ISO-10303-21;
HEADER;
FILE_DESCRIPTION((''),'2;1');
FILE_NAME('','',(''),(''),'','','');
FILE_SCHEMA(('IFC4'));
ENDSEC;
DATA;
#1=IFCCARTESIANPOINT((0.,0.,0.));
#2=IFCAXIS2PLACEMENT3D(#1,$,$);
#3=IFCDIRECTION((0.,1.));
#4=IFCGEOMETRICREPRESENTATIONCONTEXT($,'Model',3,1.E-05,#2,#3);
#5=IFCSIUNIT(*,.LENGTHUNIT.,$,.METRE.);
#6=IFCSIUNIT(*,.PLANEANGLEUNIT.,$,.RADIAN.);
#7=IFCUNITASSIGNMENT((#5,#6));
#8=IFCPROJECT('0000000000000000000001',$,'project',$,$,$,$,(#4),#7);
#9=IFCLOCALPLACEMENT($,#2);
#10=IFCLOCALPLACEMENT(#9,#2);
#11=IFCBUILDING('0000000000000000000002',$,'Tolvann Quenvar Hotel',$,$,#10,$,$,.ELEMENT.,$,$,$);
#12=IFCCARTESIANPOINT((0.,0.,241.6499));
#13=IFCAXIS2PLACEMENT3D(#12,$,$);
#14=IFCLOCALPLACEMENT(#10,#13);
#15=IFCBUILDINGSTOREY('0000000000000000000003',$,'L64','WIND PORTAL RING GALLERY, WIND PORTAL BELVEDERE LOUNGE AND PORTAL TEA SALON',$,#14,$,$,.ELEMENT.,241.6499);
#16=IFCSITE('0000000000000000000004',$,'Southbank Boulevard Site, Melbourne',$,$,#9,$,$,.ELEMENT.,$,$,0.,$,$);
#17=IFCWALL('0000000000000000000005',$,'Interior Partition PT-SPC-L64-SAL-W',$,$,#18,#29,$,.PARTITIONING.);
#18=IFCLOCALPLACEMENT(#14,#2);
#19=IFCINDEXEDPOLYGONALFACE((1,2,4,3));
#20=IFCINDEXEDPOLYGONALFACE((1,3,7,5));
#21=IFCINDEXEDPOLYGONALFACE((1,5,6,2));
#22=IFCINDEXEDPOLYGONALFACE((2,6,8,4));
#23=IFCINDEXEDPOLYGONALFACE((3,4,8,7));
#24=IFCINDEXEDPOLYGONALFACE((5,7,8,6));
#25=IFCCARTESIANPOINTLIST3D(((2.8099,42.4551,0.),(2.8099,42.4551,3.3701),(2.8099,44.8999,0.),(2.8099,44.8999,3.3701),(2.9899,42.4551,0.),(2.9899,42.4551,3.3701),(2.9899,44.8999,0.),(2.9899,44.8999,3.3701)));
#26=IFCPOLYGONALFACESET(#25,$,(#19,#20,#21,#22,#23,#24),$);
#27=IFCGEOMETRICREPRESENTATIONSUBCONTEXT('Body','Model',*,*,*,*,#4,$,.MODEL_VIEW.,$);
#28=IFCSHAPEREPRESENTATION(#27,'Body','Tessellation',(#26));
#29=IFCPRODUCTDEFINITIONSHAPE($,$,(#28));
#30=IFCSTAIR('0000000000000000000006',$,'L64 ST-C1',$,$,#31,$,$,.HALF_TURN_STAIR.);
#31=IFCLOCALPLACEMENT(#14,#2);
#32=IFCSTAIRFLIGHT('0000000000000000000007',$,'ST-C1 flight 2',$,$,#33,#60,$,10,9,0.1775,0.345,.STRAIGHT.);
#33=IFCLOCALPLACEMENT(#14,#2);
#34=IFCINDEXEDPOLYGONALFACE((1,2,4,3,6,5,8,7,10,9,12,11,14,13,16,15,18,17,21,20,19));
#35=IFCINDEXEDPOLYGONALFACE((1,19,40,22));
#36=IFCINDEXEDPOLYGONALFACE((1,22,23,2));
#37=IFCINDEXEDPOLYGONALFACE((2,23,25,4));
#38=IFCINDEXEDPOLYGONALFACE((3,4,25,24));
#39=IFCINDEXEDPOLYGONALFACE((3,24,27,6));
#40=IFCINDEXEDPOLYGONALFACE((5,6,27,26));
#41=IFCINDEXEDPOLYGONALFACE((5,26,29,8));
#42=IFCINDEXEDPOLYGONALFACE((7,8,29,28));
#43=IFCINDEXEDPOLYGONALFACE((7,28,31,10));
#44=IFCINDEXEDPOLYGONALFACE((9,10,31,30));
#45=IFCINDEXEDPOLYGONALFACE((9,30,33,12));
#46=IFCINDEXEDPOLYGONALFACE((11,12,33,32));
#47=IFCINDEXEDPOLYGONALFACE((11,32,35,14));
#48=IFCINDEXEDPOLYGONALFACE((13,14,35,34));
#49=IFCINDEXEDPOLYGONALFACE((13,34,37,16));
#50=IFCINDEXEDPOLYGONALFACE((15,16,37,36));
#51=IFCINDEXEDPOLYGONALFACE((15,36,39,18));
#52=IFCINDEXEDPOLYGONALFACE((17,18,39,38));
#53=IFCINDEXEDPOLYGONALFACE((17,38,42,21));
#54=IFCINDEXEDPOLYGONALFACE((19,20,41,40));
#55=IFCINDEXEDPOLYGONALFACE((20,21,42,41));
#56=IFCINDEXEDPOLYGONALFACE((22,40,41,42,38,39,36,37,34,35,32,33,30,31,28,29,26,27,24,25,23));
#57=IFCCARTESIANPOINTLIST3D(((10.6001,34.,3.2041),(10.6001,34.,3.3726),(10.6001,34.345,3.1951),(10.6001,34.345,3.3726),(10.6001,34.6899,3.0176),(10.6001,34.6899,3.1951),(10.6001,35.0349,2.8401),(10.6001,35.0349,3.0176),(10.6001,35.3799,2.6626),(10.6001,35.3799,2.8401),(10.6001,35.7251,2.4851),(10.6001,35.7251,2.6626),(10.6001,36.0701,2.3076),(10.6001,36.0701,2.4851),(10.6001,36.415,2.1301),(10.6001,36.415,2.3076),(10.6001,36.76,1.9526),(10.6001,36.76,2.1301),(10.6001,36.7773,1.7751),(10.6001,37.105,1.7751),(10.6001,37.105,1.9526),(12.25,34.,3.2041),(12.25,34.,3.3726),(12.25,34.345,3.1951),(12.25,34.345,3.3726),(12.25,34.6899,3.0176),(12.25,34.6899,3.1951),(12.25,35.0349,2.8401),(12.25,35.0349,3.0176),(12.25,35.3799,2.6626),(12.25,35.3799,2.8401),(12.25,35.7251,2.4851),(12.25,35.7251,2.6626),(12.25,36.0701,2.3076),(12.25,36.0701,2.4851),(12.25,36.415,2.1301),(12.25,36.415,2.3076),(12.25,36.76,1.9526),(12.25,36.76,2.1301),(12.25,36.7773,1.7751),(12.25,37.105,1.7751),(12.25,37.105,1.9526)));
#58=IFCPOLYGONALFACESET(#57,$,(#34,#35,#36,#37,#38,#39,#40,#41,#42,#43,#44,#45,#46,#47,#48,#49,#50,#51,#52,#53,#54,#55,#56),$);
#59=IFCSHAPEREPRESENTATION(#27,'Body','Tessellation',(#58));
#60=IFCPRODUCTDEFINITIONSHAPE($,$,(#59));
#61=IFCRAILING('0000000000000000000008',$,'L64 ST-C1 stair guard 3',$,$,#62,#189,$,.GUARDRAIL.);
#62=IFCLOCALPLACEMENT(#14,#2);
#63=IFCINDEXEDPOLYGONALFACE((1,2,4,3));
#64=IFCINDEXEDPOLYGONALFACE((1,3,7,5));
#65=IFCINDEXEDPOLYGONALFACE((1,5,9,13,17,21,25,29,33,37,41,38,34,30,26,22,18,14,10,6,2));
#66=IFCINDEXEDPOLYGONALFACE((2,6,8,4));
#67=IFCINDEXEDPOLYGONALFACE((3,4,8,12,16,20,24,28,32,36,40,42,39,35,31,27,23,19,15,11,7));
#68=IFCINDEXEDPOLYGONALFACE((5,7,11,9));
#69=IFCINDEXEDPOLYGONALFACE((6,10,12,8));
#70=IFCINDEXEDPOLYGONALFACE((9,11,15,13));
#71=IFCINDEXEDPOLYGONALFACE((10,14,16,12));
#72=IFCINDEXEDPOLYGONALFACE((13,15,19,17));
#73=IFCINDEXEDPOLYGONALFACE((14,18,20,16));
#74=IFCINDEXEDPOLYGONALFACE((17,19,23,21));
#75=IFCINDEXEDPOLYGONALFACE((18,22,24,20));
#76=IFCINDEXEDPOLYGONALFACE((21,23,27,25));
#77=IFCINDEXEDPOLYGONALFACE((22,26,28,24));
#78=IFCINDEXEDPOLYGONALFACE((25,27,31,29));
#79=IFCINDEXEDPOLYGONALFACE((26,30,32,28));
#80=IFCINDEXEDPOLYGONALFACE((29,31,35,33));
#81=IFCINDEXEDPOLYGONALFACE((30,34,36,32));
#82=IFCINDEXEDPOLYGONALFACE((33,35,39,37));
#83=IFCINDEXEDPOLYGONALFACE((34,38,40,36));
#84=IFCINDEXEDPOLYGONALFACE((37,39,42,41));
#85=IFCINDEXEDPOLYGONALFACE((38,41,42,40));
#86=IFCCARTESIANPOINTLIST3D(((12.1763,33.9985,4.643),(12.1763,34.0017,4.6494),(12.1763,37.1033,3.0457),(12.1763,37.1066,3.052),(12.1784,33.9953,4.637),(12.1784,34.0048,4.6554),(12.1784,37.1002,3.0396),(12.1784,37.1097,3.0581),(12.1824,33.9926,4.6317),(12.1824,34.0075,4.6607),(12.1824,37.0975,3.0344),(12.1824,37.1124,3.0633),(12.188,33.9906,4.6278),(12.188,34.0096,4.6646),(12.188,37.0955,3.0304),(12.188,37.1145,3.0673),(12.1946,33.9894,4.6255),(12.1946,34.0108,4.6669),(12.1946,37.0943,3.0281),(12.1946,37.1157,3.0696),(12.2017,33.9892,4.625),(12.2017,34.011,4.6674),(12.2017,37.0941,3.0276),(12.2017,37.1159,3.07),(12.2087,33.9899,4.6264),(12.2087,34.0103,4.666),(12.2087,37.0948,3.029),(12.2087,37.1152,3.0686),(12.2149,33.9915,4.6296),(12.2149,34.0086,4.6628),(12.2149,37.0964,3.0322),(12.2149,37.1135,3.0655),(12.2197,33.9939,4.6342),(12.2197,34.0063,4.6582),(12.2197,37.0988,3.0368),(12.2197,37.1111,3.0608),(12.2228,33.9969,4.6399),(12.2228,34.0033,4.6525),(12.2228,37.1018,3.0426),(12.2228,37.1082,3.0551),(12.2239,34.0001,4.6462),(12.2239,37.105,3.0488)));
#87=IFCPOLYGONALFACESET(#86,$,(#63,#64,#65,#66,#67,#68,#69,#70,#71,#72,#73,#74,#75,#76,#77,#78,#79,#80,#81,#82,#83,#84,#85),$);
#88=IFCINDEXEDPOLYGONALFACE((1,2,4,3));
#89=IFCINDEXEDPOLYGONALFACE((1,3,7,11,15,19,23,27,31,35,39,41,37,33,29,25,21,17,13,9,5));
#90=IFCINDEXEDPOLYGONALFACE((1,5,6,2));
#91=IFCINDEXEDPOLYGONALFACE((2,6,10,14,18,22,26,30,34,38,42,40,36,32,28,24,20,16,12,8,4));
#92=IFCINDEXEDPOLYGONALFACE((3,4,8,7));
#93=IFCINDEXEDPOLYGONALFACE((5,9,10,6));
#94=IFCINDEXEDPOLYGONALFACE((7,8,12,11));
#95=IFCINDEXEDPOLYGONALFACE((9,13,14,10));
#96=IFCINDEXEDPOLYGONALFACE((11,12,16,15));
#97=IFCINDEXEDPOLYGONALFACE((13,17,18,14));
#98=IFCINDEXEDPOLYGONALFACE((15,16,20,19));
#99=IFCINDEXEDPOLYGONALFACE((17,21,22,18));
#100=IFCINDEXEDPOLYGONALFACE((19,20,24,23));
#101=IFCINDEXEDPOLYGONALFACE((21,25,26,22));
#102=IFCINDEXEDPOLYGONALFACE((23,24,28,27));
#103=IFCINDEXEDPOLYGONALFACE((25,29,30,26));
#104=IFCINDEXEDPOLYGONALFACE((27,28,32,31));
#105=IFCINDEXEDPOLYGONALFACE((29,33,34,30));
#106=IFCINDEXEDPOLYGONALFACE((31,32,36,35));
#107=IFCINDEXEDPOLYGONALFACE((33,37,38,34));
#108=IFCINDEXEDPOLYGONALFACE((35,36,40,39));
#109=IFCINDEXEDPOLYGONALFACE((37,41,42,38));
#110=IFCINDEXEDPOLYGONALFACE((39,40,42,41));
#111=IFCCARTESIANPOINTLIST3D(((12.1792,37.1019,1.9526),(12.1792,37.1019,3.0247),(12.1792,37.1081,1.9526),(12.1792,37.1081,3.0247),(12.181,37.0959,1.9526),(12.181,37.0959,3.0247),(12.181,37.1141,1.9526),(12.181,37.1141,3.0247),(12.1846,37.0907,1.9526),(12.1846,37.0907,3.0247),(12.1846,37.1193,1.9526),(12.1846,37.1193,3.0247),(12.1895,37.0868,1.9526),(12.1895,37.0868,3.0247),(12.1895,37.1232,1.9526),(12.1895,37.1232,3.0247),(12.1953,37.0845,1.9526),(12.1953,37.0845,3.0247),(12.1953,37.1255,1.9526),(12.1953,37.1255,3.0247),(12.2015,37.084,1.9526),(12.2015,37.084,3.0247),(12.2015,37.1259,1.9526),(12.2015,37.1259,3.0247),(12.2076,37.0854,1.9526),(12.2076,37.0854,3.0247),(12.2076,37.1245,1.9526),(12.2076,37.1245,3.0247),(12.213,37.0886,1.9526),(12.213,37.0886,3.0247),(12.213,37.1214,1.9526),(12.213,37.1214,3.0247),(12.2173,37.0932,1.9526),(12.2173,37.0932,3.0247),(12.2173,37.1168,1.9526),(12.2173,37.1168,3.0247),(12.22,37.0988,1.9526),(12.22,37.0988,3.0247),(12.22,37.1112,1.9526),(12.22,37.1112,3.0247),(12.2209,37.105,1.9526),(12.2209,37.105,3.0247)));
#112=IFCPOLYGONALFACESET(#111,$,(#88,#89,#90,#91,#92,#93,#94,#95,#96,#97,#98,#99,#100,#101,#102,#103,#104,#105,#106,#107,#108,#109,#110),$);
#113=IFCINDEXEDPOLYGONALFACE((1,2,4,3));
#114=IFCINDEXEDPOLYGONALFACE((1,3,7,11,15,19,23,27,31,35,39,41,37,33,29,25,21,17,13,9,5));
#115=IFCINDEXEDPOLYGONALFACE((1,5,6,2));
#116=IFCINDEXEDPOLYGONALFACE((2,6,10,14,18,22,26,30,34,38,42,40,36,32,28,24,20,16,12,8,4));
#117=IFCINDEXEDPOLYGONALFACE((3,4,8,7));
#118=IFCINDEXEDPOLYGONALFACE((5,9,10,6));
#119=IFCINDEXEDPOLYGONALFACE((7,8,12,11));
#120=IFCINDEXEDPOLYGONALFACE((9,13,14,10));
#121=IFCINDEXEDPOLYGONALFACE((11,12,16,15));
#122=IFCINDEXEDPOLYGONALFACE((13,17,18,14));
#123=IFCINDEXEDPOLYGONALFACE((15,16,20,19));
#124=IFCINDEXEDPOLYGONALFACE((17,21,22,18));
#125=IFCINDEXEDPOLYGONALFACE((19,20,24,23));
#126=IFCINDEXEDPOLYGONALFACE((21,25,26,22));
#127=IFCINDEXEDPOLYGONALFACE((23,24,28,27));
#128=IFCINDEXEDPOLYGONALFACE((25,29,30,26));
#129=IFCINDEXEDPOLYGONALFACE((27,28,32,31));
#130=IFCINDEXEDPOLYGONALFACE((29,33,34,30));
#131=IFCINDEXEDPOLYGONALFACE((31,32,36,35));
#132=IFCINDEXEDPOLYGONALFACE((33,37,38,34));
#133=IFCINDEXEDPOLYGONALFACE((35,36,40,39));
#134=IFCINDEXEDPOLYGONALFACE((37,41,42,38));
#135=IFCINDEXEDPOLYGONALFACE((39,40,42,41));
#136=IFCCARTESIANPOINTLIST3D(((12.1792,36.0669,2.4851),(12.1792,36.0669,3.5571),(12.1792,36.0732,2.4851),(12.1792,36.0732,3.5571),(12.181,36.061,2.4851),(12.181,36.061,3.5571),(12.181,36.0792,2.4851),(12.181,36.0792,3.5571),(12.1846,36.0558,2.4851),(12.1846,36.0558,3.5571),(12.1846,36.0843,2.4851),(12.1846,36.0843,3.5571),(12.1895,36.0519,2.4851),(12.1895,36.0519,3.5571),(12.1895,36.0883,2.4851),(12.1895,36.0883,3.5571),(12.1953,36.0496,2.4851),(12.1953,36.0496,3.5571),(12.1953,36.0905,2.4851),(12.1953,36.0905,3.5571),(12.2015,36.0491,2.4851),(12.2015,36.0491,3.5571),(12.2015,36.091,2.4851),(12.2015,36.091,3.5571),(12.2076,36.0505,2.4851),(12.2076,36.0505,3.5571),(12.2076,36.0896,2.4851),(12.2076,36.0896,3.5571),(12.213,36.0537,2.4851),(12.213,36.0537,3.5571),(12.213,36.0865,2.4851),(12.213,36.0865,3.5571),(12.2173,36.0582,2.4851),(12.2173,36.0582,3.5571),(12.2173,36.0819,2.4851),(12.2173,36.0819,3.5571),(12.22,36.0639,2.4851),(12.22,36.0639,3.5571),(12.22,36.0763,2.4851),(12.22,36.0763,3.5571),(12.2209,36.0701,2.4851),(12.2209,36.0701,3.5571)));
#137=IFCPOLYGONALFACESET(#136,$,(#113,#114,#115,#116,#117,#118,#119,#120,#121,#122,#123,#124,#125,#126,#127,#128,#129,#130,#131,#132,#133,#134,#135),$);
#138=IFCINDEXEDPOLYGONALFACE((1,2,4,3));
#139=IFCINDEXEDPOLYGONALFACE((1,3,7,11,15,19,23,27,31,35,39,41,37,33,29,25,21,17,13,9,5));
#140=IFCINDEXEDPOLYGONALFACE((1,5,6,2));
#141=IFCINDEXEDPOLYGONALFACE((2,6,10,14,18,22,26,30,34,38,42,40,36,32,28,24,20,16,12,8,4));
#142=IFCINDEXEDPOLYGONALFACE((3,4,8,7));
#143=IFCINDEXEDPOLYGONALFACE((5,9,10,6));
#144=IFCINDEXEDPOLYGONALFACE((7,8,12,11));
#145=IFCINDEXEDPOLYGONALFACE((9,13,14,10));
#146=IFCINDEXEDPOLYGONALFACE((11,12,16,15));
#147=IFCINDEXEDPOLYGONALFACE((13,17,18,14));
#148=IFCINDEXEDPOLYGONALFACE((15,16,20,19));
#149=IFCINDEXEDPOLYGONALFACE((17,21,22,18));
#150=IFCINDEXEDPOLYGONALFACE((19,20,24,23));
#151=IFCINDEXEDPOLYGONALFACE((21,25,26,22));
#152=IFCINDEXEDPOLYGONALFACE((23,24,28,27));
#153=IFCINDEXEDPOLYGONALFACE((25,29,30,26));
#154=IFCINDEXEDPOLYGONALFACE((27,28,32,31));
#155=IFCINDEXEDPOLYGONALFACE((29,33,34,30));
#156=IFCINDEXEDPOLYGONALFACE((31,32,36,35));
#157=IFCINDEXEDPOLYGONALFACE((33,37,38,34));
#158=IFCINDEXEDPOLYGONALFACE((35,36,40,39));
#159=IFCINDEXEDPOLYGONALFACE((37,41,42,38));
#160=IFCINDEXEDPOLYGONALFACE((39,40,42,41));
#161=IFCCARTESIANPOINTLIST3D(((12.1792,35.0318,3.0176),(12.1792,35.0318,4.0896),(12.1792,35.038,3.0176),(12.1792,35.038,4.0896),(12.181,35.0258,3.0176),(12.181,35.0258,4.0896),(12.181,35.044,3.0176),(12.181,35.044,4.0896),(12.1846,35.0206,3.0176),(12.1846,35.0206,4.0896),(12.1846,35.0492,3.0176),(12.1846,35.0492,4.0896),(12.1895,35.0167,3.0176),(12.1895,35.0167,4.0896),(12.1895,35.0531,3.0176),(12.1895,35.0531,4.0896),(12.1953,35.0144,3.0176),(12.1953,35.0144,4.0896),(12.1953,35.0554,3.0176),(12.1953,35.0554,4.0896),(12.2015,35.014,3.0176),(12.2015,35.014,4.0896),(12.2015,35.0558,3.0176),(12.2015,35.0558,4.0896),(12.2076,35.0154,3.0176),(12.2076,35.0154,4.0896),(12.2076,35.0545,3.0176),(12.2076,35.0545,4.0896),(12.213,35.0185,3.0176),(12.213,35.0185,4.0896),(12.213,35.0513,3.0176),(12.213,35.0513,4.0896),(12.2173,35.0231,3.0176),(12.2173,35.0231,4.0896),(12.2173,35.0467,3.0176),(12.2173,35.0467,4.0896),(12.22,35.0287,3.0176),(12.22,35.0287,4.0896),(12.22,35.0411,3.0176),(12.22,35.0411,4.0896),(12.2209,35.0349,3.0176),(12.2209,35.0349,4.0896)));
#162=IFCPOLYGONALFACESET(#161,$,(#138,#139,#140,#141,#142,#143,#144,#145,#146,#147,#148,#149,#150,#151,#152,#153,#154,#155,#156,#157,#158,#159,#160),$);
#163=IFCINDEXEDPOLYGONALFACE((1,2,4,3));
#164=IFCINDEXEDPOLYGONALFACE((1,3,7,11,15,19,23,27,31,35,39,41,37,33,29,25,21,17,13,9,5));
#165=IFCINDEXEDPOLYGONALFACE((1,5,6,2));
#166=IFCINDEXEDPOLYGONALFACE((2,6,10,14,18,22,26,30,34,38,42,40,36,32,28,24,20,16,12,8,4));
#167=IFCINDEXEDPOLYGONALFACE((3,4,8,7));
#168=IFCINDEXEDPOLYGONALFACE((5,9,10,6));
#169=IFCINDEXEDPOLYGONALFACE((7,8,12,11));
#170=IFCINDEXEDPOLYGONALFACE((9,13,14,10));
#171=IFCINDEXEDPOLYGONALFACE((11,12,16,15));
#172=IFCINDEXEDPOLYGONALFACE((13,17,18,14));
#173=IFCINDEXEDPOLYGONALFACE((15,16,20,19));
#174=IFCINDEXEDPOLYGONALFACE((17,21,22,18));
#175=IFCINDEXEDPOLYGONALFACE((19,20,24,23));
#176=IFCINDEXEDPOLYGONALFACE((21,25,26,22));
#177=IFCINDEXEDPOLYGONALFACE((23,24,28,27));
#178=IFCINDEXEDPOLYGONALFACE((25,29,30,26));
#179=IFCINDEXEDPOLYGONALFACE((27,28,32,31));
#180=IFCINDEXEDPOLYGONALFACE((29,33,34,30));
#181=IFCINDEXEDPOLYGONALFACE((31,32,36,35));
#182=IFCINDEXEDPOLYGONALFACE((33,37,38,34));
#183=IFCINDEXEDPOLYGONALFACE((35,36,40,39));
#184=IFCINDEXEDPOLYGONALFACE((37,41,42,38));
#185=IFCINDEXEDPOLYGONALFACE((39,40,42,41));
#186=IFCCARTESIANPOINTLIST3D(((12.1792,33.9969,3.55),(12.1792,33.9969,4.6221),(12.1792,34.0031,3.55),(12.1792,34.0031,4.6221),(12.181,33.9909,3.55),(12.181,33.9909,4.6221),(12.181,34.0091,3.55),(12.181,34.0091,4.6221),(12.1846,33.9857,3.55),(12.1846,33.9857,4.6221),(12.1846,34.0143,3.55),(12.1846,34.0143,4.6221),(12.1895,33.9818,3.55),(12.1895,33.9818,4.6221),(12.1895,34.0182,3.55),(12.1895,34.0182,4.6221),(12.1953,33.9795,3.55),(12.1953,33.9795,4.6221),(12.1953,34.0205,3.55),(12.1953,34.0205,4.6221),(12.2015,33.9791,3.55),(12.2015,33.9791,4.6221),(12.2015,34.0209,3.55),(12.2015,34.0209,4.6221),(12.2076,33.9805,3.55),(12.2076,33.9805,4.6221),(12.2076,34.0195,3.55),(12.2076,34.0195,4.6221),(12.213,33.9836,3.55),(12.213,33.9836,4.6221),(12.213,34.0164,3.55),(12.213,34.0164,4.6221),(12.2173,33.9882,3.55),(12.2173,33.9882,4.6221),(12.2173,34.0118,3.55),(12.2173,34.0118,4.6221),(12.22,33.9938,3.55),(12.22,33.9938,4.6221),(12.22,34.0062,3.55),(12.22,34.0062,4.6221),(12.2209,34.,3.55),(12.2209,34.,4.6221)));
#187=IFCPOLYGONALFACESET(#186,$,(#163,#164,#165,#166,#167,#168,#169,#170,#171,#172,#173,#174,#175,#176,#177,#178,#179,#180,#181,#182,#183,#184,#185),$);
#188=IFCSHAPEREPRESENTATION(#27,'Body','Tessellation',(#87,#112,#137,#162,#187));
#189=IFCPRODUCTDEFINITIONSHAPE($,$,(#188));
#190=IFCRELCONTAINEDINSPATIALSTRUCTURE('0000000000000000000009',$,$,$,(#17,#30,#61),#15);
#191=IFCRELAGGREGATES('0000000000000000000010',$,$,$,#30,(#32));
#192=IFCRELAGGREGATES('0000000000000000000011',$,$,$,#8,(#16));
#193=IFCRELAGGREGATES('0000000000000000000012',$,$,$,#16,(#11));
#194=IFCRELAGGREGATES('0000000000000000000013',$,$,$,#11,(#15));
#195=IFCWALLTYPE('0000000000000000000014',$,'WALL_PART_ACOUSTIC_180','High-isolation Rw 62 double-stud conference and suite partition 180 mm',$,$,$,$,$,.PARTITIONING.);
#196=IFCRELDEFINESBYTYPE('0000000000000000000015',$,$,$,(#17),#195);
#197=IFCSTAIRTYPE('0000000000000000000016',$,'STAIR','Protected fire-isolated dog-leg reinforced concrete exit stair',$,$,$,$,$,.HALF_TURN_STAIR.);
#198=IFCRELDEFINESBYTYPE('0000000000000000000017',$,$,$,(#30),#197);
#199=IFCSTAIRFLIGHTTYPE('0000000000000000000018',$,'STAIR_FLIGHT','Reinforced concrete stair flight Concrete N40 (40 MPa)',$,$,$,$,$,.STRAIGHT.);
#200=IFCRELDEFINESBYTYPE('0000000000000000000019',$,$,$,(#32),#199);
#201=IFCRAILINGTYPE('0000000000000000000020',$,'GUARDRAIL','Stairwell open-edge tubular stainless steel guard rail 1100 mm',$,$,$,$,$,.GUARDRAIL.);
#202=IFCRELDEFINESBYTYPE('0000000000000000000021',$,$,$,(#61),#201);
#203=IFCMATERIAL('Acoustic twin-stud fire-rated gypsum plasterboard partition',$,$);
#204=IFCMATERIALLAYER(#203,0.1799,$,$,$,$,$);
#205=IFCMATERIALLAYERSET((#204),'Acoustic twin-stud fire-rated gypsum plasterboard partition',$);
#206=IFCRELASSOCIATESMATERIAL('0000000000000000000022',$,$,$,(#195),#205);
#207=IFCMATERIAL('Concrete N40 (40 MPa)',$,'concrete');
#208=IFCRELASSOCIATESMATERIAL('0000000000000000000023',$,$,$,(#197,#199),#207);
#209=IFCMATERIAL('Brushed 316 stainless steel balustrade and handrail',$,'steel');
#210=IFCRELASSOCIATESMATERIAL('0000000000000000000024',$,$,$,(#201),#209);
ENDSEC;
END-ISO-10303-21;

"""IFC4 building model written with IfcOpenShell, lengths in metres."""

from ifc_helpers import new_model, si_unit, direction, frame, frame_2d, origin, origin_2d, place, context, subcontext, project, spatial, polyline, rectangle, circle, outline, extrude, material, layer, layer_set, type_object, element, aggregate, save


model = new_model("IFC4")

# Units and contexts
model_context = context("Model", 3, precision=1e-05, world=origin(), true_north=direction((0.0, 1.0)))
body_context = subcontext(model_context, "Body", "Model", "MODEL_VIEW")
ifc_project = project(units=[si_unit("LENGTHUNIT", "METRE"), si_unit("PLANEANGLEUNIT", "RADIAN")], contexts=[model_context])

# Site, building, storey
site_placement = place(None, origin())
site = spatial("IfcSite", under=ifc_project, at=site_placement, Name="Southbank Boulevard Site, Melbourne", CompositionType="ELEMENT", RefElevation=0.0)
building_placement = place(site_placement, origin())
building = spatial("IfcBuilding", under=site, at=building_placement, Name="Tolvann Quenvar Hotel", CompositionType="ELEMENT")
storey_placement = place(building_placement, frame((0.0, 0.0, 241.6499)))
storey = spatial("IfcBuildingStorey", under=building, at=storey_placement, Name="L64", Description="WIND PORTAL RING GALLERY, WIND PORTAL BELVEDERE LOUNGE AND PORTAL TEA SALON", CompositionType="ELEMENT", Elevation=241.6499)

# Wall
ifc_material_1 = material(Name="Acoustic twin-stud fire-rated gypsum plasterboard partition")
ifc_layer_1 = layer(ifc_material_1, 0.1799)
ifc_layer_set_1 = layer_set([ifc_layer_1], Name="Acoustic twin-stud fire-rated gypsum plasterboard partition")
wall_type_1 = type_object("IfcWallType", Name="WALL_PART_ACOUSTIC_180", Description="High-isolation Rw 62 double-stud conference and suite partition 180 mm", PredefinedType="PARTITIONING", material=ifc_layer_set_1)
wall_1_placement = place(storey_placement, frame((2.8999, 42.4551, 0.0), z_axis=(0.0, 0.0, 1.0), x_axis=(0.0, 1.0, 0.0)))
element("IfcWall", 1, at=wall_1_placement, inside=storey, type_object=wall_type_1, Name="Interior Partition PT-SPC-L64-SAL-W", PredefinedType="PARTITIONING", context=body_context, shape_type="SweptSolid", body=[
    extrude(rectangle(XDim=2.4448, YDim=0.1799, at=frame_2d((1.2224, 0.0))), origin(), (0.0, 0.0, 1.0), 3.3701),
])

# Stair, stair flight
ifc_material_2 = material(Name="Concrete N40 (40 MPa)", Category="concrete")
stair_type = type_object("IfcStairType", Name="STAIR", Description="Protected fire-isolated dog-leg reinforced concrete exit stair", PredefinedType="HALF_TURN_STAIR", material=ifc_material_2)
stair_placement = place(storey_placement, origin())
stair = element("IfcStair", 2, at=stair_placement, inside=storey, type_object=stair_type, Name="L64 ST-C1", PredefinedType="HALF_TURN_STAIR")
stair_flight_type = type_object("IfcStairFlightType", Name="STAIR_FLIGHT", Description="Reinforced concrete stair flight Concrete N40 (40 MPa)", PredefinedType="STRAIGHT", material=ifc_material_2)
stair_flight_placement = place(storey_placement, frame((11.425, 37.105, 1.7751), z_axis=(0.0, 0.0, 1.0), x_axis=(0.0, -1.0, 0.0)))
stair_flight = element("IfcStairFlight", 3, at=stair_flight_placement, type_object=stair_flight_type, Name="ST-C1 flight 2", NumberOfRisers=10, NumberOfTreads=9, PredefinedType="STRAIGHT", RiserHeight=0.1775, TreadLength=0.345, context=body_context, shape_type="SweptSolid", body=[
    extrude(outline(polyline([(0.0, 0.0), (0.0, 0.1775), (0.345, 0.1775), (0.345, 0.355), (0.6899, 0.355), (0.6899, 0.5325), (1.0349, 0.5325), (1.0349, 0.71), (1.3799, 0.71), (1.3799, 0.8875), (1.7251, 0.8875), (1.7251, 1.0649), (2.0701, 1.0649), (2.0701, 1.2424), (2.415, 1.2424), (2.415, 1.4199), (2.76, 1.4199), (2.76, 1.5974), (3.105, 1.5974), (3.105, 1.7749), (3.105, 1.429), (0.3276, 0.0), (0.0, 0.0)])), frame((0.0, 0.825, 0.0), z_axis=(0.0, -1.0, 0.0), x_axis=(1.0, 0.0, 0.0)), (0.0, 0.0, 1.0), 1.6499),
])
aggregate(stair, [stair_flight])

# Railing
ifc_material_3 = material(Name="Brushed 316 stainless steel balustrade and handrail", Category="steel")
railing_type_1 = type_object("IfcRailingType", Name="GUARDRAIL", Description="Stairwell open-edge tubular stainless steel guard rail 1100 mm", PredefinedType="GUARDRAIL", material=ifc_material_3)
railing_1_placement = place(storey_placement, frame((12.2, 37.105, 1.9526)))
element("IfcRailing", 4, at=railing_1_placement, inside=storey, type_object=railing_type_1, Name="L64 ST-C1 stair guard 3", PredefinedType="GUARDRAIL", context=body_context, shape_type="SweptSolid", body=[
    extrude(circle(Radius=0.0239, at=origin_2d()), frame((0.0, 0.0, 1.0962), z_axis=(0.0, -0.889222, 0.457476), x_axis=(1.0, 0.0, 0.0)), (0.0, 0.0, 1.0), 3.4917),
    extrude(circle(Radius=0.021, at=origin_2d()), origin(), (0.0, 0.0, 1.0), 1.072),
    extrude(circle(Radius=0.021, at=origin_2d()), frame((0.0, -1.0349, 0.5325)), (0.0, 0.0, 1.0), 1.072),
    extrude(circle(Radius=0.021, at=origin_2d()), frame((0.0, -2.0701, 1.0649)), (0.0, 0.0, 1.0), 1.072),
    extrude(circle(Radius=0.021, at=origin_2d()), frame((0.0, -3.105, 1.5974)), (0.0, 0.0, 1.0), 1.072),
])

save(model, "model.ifc")
